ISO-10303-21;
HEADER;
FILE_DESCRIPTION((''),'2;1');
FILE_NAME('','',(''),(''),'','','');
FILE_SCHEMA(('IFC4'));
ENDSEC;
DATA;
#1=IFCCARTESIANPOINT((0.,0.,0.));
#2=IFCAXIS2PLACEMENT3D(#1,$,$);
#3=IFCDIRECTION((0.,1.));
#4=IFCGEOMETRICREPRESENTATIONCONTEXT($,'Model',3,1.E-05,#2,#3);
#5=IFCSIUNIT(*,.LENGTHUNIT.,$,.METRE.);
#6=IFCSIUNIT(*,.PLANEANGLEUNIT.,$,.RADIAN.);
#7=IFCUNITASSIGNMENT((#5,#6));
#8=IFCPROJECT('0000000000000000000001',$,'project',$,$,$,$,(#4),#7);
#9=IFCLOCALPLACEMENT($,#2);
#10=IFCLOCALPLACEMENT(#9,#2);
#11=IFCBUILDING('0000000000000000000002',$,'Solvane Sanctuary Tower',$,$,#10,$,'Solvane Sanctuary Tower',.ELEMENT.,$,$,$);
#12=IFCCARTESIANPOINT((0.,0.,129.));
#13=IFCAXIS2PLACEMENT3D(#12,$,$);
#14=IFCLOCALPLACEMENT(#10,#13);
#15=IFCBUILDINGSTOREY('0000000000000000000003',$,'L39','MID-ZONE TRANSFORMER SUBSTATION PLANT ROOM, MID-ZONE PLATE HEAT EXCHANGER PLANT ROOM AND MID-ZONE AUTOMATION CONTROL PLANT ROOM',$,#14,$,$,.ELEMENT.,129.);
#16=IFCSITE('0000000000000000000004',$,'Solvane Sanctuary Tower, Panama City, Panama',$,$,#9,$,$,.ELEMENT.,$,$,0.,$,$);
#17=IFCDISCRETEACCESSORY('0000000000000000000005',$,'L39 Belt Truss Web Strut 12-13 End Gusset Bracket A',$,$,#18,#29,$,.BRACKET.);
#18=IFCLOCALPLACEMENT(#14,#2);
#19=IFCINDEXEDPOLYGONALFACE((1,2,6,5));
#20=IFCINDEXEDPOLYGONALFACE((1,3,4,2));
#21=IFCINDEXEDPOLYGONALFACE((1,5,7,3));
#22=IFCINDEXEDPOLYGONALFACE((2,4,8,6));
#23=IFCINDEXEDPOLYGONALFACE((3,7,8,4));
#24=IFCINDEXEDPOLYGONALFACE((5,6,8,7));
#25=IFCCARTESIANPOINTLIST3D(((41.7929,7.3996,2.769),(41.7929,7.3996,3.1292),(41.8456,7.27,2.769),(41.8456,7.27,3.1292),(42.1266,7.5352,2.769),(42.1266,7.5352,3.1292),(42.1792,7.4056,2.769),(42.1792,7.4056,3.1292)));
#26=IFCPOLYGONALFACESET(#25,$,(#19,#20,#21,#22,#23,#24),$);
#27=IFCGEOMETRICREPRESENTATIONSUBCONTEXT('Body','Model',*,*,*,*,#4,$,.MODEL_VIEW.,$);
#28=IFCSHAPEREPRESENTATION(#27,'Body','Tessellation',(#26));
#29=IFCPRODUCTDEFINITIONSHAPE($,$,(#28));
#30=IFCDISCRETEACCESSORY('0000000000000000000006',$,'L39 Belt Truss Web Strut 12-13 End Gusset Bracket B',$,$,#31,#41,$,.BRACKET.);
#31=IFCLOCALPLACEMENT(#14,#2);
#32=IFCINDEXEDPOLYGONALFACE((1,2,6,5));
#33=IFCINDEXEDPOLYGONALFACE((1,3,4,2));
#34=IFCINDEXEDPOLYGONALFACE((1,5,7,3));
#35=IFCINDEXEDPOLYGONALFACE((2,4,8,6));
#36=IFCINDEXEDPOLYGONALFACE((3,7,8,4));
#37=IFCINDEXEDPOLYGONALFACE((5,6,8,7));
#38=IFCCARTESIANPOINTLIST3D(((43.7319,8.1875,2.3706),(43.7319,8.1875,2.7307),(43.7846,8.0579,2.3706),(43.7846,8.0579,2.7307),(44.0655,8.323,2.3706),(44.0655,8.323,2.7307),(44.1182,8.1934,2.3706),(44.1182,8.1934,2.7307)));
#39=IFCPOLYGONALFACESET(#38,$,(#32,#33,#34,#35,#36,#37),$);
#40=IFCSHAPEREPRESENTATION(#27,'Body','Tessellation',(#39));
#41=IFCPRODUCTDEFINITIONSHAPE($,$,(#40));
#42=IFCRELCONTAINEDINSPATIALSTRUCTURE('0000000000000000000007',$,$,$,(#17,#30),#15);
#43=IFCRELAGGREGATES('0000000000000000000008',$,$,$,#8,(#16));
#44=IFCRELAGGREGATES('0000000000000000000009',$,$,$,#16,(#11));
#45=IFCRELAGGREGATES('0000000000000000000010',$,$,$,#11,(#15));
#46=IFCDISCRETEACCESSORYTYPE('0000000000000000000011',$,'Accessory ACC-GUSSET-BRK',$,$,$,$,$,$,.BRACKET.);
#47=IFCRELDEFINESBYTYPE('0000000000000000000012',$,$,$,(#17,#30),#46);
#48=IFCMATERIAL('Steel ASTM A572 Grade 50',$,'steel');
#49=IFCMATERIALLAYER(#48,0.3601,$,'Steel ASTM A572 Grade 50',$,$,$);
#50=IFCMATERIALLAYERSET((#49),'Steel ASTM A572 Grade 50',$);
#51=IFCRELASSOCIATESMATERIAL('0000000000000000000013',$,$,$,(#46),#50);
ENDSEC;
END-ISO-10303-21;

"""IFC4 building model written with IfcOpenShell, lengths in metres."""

from ifc_helpers import new_model, si_unit, direction, frame, origin, origin_2d, place, context, subcontext, project, spatial, rectangle, extrude, material, layer, layer_set, type_object, element, save


model = new_model("IFC4")

# Units and contexts
model_context = context("Model", 3, precision=1e-05, world=origin(), true_north=direction((0.0, 1.0)))
body_context = subcontext(model_context, "Body", "Model", "MODEL_VIEW")
ifc_project = project(units=[si_unit("LENGTHUNIT", "METRE"), si_unit("PLANEANGLEUNIT", "RADIAN")], contexts=[model_context])

# Site, building, storey
site_placement = place(None, origin())
site = spatial("IfcSite", under=ifc_project, at=site_placement, Name="Solvane Sanctuary Tower, Panama City, Panama", CompositionType="ELEMENT", RefElevation=0.0)
building_placement = place(site_placement, origin())
building = spatial("IfcBuilding", under=site, at=building_placement, Name="Solvane Sanctuary Tower", LongName="Solvane Sanctuary Tower", CompositionType="ELEMENT")
storey_placement = place(building_placement, frame((0.0, 0.0, 129.0)))
storey = spatial("IfcBuildingStorey", under=building, at=storey_placement, Name="L39", Description="MID-ZONE TRANSFORMER SUBSTATION PLANT ROOM, MID-ZONE PLATE HEAT EXCHANGER PLANT ROOM AND MID-ZONE AUTOMATION CONTROL PLANT ROOM", CompositionType="ELEMENT", Elevation=129.0)

# Discrete accessories
ifc_material_1 = material(Name="Steel ASTM A572 Grade 50", Category="steel")
ifc_layer_1 = layer(ifc_material_1, 0.3601, Name="Steel ASTM A572 Grade 50")
ifc_layer_set_1 = layer_set([ifc_layer_1], Name="Steel ASTM A572 Grade 50")
discrete_accessory_type = type_object("IfcDiscreteAccessoryType", Name="Accessory ACC-GUSSET-BRK", PredefinedType="BRACKET", material=ifc_layer_set_1)
for number, where, z_axis, x_axis, name in (
    (1, (41.9861, 7.4026, 2.769), (0.0, 0.0, 1.0), (0.926463, 0.376386, 0.0), "L39 Belt Truss Web Strut 12-13 End Gusset Bracket A"),
    (2, (43.925, 8.1904, 2.3706), (0.0, 0.0, 1.0), (0.926463, 0.376386, 0.0), "L39 Belt Truss Web Strut 12-13 End Gusset Bracket B"),
):
    element("IfcDiscreteAccessory", number, at=place(storey_placement, frame(where, z_axis=z_axis, x_axis=x_axis)), inside=storey, type_object=discrete_accessory_type, Name=name, PredefinedType="BRACKET", context=body_context, shape_type="SweptSolid", body=[
        extrude(rectangle(XDim=0.3601, YDim=0.1399, at=origin_2d()), origin(), (0.0, 0.0, 1.0), 0.3601),
    ])

save(model, "model.ifc")
